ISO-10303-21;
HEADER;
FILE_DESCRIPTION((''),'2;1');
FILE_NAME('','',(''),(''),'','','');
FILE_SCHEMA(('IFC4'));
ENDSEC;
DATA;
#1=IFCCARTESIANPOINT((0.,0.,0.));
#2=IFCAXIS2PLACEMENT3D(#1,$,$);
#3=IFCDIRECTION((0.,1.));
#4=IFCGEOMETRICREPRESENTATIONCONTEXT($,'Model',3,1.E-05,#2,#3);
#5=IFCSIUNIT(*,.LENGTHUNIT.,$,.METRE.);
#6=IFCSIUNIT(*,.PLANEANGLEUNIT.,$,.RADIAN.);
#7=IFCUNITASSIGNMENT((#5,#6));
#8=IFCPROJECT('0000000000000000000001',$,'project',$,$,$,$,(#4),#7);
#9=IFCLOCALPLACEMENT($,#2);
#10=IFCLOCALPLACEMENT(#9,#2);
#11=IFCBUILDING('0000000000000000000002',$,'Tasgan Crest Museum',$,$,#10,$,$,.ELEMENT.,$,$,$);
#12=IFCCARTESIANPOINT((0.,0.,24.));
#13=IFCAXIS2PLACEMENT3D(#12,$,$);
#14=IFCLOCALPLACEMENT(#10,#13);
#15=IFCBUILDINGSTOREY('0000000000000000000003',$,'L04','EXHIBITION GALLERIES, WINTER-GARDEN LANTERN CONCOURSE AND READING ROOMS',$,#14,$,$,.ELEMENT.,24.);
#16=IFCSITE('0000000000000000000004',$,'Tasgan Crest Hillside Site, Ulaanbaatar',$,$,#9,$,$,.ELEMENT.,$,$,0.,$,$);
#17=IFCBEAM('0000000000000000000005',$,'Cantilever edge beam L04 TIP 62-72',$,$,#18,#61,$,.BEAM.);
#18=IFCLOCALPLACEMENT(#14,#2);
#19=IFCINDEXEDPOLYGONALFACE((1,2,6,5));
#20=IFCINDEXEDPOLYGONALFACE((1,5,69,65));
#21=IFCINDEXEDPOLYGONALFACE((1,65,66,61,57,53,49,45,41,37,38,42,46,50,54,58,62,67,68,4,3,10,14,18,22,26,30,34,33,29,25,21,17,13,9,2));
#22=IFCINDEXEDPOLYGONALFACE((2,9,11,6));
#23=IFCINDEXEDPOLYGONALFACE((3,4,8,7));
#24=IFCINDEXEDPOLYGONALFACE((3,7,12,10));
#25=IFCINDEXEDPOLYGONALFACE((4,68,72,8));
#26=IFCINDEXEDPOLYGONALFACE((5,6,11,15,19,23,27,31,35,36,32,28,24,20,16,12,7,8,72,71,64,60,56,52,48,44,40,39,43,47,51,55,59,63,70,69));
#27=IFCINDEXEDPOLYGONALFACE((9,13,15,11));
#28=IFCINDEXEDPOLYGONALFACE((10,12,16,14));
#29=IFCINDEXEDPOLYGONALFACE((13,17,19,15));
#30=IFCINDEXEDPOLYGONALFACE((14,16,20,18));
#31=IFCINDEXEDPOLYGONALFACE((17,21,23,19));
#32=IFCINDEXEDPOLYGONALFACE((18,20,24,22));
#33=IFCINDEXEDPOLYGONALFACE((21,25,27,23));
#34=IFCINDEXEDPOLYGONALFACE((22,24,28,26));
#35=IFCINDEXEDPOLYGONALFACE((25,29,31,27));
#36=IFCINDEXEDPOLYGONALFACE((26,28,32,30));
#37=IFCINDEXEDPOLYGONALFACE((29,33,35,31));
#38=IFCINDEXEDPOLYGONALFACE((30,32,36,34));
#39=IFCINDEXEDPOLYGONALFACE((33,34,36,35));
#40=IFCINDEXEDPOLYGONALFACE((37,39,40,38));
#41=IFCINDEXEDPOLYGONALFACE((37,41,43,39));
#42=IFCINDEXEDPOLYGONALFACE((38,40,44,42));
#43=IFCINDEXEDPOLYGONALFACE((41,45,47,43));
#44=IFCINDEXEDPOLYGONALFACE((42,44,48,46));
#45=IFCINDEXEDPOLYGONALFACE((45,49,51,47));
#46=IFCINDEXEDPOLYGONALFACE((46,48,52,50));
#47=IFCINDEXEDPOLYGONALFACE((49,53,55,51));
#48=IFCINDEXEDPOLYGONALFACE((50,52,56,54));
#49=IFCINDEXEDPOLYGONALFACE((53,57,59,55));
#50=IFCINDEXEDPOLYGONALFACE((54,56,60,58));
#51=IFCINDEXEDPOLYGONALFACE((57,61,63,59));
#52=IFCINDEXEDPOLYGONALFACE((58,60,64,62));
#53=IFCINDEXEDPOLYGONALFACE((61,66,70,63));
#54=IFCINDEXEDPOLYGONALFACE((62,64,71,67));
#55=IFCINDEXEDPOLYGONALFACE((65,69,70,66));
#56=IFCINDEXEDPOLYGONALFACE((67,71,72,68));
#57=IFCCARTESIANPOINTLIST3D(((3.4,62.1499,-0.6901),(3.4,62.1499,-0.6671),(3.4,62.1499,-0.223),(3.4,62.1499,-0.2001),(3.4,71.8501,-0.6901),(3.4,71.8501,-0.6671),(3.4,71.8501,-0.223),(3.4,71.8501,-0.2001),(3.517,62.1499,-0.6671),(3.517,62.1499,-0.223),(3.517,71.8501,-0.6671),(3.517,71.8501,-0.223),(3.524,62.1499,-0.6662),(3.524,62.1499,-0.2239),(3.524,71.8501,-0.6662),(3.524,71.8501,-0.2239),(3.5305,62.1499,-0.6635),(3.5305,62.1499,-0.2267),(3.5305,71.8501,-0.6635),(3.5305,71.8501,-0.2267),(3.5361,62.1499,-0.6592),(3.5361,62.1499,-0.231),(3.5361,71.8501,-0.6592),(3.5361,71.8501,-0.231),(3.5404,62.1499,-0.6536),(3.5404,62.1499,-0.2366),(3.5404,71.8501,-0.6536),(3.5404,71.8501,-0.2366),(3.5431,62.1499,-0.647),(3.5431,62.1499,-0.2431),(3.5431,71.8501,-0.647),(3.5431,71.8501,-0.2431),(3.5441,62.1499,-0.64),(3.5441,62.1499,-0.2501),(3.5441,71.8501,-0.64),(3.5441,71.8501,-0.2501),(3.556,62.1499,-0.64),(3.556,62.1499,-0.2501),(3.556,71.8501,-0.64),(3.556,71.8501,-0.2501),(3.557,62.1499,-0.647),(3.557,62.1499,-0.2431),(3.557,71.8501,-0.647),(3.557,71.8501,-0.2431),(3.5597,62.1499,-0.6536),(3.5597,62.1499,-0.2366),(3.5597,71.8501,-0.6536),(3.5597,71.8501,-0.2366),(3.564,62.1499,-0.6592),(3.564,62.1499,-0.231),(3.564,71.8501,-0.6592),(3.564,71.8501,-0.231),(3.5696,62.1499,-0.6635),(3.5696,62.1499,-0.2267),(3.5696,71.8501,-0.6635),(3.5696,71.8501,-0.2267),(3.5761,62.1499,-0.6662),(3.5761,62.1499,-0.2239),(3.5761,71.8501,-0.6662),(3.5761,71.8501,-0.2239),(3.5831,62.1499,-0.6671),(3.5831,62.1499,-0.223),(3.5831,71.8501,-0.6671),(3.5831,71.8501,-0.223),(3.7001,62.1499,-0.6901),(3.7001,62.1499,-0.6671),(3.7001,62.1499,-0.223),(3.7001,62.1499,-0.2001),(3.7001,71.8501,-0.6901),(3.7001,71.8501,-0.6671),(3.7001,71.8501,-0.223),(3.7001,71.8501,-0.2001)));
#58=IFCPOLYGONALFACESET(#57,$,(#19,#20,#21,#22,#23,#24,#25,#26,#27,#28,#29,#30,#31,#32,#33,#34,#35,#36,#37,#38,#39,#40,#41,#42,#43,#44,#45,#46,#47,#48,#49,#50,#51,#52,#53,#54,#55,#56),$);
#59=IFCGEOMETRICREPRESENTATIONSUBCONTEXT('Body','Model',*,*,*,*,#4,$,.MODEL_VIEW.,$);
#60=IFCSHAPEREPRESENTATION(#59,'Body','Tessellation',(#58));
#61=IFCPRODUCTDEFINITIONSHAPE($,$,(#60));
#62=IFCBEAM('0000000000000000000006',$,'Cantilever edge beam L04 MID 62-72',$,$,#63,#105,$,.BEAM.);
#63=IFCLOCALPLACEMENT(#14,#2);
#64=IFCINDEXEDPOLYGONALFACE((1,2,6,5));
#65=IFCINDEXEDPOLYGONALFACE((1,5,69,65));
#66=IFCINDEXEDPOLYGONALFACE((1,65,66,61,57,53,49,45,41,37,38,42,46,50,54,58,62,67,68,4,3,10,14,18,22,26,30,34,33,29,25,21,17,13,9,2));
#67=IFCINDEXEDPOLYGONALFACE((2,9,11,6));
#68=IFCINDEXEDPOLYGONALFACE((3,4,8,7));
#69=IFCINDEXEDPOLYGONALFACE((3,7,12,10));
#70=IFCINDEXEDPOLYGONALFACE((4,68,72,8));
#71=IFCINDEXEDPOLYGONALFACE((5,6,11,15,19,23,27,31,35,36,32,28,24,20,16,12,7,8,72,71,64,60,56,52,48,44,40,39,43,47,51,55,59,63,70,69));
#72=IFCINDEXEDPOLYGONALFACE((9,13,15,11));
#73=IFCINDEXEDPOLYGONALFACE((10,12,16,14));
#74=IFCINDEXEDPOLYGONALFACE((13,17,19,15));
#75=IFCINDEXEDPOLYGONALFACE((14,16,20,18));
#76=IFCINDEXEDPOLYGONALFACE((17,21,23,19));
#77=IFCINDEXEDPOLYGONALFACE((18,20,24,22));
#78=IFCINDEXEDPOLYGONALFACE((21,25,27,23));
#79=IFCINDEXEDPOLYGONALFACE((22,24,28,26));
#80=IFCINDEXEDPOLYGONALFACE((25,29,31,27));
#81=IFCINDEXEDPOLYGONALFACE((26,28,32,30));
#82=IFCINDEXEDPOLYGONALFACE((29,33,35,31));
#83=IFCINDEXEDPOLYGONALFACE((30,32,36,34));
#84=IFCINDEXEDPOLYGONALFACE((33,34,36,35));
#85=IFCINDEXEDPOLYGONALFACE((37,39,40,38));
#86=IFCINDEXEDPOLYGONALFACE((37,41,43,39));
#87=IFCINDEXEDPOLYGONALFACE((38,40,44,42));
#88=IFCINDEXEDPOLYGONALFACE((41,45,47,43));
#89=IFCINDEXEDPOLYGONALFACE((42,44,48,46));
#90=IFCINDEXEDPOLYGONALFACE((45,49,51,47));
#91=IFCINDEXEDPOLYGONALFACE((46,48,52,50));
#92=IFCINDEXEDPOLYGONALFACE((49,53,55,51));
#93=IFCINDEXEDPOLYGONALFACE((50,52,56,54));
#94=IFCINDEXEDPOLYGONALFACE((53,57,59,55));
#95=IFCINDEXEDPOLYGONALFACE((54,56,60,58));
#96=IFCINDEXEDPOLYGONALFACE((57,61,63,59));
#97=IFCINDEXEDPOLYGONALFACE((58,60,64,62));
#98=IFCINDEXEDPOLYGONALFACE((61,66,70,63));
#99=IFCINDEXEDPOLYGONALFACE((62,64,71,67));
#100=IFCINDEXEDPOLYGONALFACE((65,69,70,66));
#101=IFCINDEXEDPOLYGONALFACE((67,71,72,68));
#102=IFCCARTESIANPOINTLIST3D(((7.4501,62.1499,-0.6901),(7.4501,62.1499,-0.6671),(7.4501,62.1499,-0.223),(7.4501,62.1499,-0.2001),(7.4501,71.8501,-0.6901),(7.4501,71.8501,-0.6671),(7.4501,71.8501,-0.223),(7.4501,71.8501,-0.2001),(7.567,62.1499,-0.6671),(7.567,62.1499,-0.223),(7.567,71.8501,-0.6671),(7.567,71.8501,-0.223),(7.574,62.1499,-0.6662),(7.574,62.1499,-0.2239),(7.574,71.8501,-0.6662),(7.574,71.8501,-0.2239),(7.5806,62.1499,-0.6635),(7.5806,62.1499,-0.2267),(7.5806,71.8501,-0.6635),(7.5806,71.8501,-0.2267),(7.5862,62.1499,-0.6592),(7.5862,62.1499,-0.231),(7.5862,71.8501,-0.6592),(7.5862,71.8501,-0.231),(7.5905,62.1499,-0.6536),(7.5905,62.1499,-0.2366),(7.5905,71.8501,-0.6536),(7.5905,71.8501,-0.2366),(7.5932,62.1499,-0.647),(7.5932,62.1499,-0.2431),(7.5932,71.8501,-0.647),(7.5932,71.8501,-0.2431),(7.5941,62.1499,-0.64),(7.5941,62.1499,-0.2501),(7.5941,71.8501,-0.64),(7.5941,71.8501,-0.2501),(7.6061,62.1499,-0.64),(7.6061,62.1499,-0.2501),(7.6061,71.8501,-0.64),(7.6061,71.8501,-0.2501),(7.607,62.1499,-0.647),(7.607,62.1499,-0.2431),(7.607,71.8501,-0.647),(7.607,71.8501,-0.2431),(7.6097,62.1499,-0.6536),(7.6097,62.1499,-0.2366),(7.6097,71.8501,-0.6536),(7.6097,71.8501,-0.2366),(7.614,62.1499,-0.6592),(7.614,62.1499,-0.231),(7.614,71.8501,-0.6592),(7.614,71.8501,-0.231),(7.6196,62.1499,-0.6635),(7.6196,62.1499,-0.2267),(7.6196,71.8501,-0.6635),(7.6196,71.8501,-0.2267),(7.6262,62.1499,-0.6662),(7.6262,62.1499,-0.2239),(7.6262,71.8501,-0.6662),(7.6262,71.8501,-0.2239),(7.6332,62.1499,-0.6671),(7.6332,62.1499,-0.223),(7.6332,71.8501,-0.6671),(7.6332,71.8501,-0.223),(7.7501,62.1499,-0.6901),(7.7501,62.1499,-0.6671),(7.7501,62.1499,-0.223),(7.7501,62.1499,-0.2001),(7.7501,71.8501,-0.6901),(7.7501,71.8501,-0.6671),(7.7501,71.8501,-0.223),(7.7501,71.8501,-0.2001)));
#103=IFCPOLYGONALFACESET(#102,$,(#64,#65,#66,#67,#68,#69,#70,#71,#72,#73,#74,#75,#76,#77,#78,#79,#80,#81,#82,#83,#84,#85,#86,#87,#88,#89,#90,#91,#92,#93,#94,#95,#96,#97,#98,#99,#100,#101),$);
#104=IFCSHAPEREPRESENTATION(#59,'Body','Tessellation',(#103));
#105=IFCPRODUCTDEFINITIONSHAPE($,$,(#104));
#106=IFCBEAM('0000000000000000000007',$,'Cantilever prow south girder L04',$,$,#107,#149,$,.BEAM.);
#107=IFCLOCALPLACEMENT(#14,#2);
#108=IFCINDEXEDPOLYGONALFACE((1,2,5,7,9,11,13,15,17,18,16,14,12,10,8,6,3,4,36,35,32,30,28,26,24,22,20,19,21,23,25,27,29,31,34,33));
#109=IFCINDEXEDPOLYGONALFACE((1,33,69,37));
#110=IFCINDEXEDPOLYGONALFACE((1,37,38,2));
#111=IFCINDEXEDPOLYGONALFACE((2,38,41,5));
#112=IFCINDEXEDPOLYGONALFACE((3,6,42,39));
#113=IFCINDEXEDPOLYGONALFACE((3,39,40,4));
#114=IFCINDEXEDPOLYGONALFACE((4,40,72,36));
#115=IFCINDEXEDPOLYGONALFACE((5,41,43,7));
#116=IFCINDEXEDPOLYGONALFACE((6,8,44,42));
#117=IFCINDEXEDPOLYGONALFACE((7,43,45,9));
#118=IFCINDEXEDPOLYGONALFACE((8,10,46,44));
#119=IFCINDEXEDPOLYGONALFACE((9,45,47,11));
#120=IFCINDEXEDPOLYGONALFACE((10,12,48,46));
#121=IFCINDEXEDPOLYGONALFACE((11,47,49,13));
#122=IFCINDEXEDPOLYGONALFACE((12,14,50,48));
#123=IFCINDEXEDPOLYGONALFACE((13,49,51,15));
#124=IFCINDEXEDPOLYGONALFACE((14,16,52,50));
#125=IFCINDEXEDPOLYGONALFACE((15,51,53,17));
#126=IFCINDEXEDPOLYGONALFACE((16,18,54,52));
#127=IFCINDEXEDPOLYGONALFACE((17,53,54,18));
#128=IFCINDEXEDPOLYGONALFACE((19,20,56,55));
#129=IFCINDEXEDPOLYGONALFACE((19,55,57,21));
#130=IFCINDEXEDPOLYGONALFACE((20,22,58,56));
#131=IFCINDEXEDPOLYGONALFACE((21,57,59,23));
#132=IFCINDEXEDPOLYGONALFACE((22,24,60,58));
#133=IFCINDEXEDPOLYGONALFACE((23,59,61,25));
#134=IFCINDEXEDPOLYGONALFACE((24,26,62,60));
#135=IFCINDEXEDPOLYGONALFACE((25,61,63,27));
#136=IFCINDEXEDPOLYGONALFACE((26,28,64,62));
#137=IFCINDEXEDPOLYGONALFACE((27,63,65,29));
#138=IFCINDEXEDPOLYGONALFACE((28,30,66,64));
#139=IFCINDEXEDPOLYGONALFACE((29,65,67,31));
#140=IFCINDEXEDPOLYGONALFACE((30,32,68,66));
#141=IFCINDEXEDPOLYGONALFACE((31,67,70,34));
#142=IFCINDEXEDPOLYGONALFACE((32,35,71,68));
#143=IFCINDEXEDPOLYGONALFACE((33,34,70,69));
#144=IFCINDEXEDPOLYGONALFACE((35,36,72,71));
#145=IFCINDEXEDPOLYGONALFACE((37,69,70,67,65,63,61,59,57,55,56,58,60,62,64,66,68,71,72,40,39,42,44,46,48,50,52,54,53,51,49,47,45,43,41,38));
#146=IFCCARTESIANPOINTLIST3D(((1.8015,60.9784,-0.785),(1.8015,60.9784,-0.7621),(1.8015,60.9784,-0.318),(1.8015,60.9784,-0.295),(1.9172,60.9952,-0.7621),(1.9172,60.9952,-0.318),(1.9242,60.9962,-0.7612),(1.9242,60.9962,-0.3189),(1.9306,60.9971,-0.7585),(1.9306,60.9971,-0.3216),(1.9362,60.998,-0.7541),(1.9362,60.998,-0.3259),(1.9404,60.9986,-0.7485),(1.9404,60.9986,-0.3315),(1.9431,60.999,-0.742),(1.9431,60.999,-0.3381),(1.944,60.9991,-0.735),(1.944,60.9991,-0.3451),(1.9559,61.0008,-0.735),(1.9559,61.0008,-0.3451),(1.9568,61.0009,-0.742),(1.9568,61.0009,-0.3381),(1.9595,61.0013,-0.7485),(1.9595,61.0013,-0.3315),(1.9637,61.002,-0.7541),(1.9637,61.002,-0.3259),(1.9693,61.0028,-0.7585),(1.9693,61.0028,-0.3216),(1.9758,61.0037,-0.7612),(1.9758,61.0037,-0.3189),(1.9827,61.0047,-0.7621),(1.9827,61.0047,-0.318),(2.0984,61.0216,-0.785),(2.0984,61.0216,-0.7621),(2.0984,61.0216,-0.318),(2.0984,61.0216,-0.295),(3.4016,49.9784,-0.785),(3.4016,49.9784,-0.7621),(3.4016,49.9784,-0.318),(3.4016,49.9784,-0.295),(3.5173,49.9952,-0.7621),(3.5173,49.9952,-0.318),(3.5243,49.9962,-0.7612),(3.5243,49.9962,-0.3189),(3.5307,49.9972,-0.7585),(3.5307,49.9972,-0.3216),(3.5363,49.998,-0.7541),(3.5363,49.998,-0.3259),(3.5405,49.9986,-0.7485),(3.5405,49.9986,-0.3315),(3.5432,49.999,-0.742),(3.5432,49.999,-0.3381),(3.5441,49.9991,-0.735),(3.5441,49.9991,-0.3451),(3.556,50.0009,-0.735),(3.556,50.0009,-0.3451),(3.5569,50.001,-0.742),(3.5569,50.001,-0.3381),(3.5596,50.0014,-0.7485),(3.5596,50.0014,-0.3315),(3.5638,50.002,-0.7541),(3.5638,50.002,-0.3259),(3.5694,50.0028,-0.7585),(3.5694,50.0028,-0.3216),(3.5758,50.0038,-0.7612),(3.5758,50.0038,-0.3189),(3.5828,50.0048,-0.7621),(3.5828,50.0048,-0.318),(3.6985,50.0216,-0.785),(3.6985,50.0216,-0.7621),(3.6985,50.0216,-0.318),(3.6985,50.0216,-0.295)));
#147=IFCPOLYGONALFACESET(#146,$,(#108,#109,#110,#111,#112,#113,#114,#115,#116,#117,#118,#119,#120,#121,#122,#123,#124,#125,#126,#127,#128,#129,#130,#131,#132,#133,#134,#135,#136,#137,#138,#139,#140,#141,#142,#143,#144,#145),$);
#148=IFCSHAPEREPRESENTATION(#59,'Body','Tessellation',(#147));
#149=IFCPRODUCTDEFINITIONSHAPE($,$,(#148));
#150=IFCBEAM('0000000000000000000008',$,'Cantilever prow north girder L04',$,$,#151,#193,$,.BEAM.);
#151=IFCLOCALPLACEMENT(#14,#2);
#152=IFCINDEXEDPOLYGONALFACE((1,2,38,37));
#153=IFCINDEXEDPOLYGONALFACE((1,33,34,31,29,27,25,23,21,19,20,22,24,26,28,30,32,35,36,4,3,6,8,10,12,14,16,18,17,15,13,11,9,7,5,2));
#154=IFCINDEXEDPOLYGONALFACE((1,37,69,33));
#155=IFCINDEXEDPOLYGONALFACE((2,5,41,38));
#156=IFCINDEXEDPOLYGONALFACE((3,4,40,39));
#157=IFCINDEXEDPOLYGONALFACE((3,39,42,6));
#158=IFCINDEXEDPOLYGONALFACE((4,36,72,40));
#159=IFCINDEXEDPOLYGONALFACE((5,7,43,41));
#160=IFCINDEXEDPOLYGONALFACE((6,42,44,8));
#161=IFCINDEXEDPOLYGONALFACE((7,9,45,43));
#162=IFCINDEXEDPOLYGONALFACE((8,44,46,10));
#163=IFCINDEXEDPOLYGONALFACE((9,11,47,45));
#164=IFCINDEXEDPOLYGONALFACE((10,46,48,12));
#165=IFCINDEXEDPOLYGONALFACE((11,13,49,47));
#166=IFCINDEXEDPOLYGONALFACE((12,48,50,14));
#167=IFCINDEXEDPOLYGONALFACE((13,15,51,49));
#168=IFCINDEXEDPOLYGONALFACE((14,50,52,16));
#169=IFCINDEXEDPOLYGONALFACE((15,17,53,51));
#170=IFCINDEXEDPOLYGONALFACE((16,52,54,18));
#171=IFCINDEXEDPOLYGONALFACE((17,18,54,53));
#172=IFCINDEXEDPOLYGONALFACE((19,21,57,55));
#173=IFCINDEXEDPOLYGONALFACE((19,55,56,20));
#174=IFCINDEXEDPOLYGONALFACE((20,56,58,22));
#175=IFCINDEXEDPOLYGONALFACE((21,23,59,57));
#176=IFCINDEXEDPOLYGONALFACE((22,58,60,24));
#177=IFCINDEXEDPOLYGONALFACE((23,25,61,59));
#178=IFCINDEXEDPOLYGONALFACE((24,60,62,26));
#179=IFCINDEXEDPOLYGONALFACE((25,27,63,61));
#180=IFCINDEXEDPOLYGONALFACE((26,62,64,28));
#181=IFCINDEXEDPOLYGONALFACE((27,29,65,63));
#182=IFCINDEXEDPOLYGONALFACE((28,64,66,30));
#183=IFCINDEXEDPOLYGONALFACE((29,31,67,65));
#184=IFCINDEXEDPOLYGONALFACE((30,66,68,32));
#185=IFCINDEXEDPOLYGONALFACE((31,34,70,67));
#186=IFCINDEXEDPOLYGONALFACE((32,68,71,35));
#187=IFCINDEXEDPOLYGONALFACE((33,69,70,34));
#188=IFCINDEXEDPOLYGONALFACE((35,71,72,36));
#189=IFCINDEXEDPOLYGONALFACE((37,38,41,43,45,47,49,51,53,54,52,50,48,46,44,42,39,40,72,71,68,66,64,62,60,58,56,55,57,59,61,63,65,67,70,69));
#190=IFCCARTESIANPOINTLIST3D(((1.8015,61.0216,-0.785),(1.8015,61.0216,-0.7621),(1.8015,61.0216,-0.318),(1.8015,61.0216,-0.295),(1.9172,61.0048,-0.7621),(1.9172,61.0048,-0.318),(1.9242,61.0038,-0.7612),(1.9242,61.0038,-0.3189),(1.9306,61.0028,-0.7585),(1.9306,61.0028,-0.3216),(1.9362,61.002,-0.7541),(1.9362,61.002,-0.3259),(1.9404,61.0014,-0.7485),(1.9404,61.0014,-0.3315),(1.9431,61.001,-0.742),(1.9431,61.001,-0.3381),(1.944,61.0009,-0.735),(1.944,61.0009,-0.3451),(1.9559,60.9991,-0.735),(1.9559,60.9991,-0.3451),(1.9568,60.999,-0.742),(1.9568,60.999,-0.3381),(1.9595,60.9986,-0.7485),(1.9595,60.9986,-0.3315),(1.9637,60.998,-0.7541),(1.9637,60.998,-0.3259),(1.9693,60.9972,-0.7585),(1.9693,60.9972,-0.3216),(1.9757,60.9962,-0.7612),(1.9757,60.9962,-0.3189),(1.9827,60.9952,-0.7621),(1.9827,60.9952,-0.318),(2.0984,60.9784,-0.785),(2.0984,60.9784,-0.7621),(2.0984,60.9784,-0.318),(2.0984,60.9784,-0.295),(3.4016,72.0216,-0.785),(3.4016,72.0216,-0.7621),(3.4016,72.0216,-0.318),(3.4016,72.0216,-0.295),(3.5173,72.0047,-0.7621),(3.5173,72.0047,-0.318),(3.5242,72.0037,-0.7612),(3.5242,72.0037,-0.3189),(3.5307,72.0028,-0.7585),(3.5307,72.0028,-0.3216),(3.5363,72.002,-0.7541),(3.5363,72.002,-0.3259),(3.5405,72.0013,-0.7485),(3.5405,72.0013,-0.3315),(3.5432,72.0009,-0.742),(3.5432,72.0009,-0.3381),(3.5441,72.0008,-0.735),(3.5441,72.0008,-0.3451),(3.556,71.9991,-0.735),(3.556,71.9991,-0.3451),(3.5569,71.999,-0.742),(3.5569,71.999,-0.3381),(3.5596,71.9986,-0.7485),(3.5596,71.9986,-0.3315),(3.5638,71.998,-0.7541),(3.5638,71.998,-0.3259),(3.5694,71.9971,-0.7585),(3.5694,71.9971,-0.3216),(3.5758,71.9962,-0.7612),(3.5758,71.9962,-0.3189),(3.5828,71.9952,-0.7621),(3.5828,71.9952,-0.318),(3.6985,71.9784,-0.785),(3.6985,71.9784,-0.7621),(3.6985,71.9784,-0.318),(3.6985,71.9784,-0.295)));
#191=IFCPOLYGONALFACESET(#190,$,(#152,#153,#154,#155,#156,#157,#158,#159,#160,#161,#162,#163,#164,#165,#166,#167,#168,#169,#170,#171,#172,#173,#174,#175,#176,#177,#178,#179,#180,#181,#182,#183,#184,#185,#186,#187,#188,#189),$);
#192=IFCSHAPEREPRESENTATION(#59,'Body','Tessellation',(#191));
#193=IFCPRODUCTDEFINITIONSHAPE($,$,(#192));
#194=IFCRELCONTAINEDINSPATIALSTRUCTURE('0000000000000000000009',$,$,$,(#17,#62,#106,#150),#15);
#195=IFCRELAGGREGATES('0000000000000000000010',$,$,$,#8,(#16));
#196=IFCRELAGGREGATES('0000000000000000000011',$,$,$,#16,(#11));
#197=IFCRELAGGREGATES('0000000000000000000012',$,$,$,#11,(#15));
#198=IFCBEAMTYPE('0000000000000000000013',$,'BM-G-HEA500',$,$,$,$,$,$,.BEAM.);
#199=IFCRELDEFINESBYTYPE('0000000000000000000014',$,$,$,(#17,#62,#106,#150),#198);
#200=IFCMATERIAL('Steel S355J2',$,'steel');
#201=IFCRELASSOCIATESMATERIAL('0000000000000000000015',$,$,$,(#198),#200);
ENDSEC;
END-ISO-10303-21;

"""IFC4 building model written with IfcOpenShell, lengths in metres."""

from ifc_helpers import new_model, si_unit, direction, frame, origin, origin_2d, place, context, subcontext, project, spatial, i_section, extrude, material, material_profile, profile_set, type_object, element, save


model = new_model("IFC4")

# Units and contexts
model_context = context("Model", 3, precision=1e-05, world=origin(), true_north=direction((0.0, 1.0)))
body_context = subcontext(model_context, "Body", "Model", "MODEL_VIEW")
ifc_project = project(units=[si_unit("LENGTHUNIT", "METRE"), si_unit("PLANEANGLEUNIT", "RADIAN")], contexts=[model_context])

# Site, building, storey
site_placement = place(None, origin())
site = spatial("IfcSite", under=ifc_project, at=site_placement, Name="Tasgan Crest Hillside Site, Ulaanbaatar", CompositionType="ELEMENT", RefElevation=0.0)
building_placement = place(site_placement, origin())
building = spatial("IfcBuilding", under=site, at=building_placement, Name="Tasgan Crest Museum", CompositionType="ELEMENT")
storey_placement = place(building_placement, frame((0.0, 0.0, 24.0)))
storey = spatial("IfcBuildingStorey", under=building, at=storey_placement, Name="L04", Description="EXHIBITION GALLERIES, WINTER-GARDEN LANTERN CONCOURSE AND READING ROOMS", CompositionType="ELEMENT", Elevation=24.0)

# Beams
ifc_material_1 = material(Name="Steel S355J2", Category="steel")
ifc_material_profile_1 = material_profile(ifc_material_1, i_section(OverallWidth=0.3, OverallDepth=0.49, WebThickness=0.012, FlangeThickness=0.0229, FilletRadius=0.0271, at=origin_2d()), Name="HEA 500")
ifc_profile_set_1 = profile_set([ifc_material_profile_1], Name="Steel S355J2")
beam_type_1 = type_object("IfcBeamType", Name="BM-G-HEA500", PredefinedType="BEAM", material=ifc_profile_set_1)
for number, where, z_axis, x_axis, name in (
    (1, (3.55, 62.1499, -0.4451), (0.0, 1.0, 0.0), (-1.0, 0.0, 0.0), "Cantilever edge beam L04 TIP 62-72"),
    (2, (7.6001, 62.1499, -0.4451), (0.0, 1.0, 0.0), (-1.0, 0.0, 0.0), "Cantilever edge beam L04 MID 62-72"),
):
    element("IfcBeam", number, at=place(storey_placement, frame(where, z_axis=z_axis, x_axis=x_axis)), inside=storey, type_object=beam_type_1, Name=name, PredefinedType="BEAM", context=body_context, shape_type="SweptSolid", body=[
        extrude(i_section(OverallWidth=0.3, OverallDepth=0.49, WebThickness=0.012, FlangeThickness=0.0229, FilletRadius=0.0271, at=origin_2d()), origin(), (0.0, 0.0, 1.0), 9.7002),
    ])
for number, where, z_axis, x_axis, name in (
    (3, (3.55, 50.0, -0.54), (-0.143948, 0.989585, 0.0), (-0.989585, -0.143948, 0.0), "Cantilever prow south girder L04"),
    (4, (1.95, 61.0, -0.54), (0.143948, 0.989585, 0.0), (-0.989585, 0.143948, 0.0), "Cantilever prow north girder L04"),
):
    element("IfcBeam", number, at=place(storey_placement, frame(where, z_axis=z_axis, x_axis=x_axis)), inside=storey, type_object=beam_type_1, Name=name, PredefinedType="BEAM", context=body_context, shape_type="SweptSolid", body=[
        extrude(i_section(OverallWidth=0.3, OverallDepth=0.49, WebThickness=0.012, FlangeThickness=0.0229, FilletRadius=0.0271, at=origin_2d()), origin(), (0.0, 0.0, 1.0), 11.1157),
    ])

save(model, "model.ifc")
